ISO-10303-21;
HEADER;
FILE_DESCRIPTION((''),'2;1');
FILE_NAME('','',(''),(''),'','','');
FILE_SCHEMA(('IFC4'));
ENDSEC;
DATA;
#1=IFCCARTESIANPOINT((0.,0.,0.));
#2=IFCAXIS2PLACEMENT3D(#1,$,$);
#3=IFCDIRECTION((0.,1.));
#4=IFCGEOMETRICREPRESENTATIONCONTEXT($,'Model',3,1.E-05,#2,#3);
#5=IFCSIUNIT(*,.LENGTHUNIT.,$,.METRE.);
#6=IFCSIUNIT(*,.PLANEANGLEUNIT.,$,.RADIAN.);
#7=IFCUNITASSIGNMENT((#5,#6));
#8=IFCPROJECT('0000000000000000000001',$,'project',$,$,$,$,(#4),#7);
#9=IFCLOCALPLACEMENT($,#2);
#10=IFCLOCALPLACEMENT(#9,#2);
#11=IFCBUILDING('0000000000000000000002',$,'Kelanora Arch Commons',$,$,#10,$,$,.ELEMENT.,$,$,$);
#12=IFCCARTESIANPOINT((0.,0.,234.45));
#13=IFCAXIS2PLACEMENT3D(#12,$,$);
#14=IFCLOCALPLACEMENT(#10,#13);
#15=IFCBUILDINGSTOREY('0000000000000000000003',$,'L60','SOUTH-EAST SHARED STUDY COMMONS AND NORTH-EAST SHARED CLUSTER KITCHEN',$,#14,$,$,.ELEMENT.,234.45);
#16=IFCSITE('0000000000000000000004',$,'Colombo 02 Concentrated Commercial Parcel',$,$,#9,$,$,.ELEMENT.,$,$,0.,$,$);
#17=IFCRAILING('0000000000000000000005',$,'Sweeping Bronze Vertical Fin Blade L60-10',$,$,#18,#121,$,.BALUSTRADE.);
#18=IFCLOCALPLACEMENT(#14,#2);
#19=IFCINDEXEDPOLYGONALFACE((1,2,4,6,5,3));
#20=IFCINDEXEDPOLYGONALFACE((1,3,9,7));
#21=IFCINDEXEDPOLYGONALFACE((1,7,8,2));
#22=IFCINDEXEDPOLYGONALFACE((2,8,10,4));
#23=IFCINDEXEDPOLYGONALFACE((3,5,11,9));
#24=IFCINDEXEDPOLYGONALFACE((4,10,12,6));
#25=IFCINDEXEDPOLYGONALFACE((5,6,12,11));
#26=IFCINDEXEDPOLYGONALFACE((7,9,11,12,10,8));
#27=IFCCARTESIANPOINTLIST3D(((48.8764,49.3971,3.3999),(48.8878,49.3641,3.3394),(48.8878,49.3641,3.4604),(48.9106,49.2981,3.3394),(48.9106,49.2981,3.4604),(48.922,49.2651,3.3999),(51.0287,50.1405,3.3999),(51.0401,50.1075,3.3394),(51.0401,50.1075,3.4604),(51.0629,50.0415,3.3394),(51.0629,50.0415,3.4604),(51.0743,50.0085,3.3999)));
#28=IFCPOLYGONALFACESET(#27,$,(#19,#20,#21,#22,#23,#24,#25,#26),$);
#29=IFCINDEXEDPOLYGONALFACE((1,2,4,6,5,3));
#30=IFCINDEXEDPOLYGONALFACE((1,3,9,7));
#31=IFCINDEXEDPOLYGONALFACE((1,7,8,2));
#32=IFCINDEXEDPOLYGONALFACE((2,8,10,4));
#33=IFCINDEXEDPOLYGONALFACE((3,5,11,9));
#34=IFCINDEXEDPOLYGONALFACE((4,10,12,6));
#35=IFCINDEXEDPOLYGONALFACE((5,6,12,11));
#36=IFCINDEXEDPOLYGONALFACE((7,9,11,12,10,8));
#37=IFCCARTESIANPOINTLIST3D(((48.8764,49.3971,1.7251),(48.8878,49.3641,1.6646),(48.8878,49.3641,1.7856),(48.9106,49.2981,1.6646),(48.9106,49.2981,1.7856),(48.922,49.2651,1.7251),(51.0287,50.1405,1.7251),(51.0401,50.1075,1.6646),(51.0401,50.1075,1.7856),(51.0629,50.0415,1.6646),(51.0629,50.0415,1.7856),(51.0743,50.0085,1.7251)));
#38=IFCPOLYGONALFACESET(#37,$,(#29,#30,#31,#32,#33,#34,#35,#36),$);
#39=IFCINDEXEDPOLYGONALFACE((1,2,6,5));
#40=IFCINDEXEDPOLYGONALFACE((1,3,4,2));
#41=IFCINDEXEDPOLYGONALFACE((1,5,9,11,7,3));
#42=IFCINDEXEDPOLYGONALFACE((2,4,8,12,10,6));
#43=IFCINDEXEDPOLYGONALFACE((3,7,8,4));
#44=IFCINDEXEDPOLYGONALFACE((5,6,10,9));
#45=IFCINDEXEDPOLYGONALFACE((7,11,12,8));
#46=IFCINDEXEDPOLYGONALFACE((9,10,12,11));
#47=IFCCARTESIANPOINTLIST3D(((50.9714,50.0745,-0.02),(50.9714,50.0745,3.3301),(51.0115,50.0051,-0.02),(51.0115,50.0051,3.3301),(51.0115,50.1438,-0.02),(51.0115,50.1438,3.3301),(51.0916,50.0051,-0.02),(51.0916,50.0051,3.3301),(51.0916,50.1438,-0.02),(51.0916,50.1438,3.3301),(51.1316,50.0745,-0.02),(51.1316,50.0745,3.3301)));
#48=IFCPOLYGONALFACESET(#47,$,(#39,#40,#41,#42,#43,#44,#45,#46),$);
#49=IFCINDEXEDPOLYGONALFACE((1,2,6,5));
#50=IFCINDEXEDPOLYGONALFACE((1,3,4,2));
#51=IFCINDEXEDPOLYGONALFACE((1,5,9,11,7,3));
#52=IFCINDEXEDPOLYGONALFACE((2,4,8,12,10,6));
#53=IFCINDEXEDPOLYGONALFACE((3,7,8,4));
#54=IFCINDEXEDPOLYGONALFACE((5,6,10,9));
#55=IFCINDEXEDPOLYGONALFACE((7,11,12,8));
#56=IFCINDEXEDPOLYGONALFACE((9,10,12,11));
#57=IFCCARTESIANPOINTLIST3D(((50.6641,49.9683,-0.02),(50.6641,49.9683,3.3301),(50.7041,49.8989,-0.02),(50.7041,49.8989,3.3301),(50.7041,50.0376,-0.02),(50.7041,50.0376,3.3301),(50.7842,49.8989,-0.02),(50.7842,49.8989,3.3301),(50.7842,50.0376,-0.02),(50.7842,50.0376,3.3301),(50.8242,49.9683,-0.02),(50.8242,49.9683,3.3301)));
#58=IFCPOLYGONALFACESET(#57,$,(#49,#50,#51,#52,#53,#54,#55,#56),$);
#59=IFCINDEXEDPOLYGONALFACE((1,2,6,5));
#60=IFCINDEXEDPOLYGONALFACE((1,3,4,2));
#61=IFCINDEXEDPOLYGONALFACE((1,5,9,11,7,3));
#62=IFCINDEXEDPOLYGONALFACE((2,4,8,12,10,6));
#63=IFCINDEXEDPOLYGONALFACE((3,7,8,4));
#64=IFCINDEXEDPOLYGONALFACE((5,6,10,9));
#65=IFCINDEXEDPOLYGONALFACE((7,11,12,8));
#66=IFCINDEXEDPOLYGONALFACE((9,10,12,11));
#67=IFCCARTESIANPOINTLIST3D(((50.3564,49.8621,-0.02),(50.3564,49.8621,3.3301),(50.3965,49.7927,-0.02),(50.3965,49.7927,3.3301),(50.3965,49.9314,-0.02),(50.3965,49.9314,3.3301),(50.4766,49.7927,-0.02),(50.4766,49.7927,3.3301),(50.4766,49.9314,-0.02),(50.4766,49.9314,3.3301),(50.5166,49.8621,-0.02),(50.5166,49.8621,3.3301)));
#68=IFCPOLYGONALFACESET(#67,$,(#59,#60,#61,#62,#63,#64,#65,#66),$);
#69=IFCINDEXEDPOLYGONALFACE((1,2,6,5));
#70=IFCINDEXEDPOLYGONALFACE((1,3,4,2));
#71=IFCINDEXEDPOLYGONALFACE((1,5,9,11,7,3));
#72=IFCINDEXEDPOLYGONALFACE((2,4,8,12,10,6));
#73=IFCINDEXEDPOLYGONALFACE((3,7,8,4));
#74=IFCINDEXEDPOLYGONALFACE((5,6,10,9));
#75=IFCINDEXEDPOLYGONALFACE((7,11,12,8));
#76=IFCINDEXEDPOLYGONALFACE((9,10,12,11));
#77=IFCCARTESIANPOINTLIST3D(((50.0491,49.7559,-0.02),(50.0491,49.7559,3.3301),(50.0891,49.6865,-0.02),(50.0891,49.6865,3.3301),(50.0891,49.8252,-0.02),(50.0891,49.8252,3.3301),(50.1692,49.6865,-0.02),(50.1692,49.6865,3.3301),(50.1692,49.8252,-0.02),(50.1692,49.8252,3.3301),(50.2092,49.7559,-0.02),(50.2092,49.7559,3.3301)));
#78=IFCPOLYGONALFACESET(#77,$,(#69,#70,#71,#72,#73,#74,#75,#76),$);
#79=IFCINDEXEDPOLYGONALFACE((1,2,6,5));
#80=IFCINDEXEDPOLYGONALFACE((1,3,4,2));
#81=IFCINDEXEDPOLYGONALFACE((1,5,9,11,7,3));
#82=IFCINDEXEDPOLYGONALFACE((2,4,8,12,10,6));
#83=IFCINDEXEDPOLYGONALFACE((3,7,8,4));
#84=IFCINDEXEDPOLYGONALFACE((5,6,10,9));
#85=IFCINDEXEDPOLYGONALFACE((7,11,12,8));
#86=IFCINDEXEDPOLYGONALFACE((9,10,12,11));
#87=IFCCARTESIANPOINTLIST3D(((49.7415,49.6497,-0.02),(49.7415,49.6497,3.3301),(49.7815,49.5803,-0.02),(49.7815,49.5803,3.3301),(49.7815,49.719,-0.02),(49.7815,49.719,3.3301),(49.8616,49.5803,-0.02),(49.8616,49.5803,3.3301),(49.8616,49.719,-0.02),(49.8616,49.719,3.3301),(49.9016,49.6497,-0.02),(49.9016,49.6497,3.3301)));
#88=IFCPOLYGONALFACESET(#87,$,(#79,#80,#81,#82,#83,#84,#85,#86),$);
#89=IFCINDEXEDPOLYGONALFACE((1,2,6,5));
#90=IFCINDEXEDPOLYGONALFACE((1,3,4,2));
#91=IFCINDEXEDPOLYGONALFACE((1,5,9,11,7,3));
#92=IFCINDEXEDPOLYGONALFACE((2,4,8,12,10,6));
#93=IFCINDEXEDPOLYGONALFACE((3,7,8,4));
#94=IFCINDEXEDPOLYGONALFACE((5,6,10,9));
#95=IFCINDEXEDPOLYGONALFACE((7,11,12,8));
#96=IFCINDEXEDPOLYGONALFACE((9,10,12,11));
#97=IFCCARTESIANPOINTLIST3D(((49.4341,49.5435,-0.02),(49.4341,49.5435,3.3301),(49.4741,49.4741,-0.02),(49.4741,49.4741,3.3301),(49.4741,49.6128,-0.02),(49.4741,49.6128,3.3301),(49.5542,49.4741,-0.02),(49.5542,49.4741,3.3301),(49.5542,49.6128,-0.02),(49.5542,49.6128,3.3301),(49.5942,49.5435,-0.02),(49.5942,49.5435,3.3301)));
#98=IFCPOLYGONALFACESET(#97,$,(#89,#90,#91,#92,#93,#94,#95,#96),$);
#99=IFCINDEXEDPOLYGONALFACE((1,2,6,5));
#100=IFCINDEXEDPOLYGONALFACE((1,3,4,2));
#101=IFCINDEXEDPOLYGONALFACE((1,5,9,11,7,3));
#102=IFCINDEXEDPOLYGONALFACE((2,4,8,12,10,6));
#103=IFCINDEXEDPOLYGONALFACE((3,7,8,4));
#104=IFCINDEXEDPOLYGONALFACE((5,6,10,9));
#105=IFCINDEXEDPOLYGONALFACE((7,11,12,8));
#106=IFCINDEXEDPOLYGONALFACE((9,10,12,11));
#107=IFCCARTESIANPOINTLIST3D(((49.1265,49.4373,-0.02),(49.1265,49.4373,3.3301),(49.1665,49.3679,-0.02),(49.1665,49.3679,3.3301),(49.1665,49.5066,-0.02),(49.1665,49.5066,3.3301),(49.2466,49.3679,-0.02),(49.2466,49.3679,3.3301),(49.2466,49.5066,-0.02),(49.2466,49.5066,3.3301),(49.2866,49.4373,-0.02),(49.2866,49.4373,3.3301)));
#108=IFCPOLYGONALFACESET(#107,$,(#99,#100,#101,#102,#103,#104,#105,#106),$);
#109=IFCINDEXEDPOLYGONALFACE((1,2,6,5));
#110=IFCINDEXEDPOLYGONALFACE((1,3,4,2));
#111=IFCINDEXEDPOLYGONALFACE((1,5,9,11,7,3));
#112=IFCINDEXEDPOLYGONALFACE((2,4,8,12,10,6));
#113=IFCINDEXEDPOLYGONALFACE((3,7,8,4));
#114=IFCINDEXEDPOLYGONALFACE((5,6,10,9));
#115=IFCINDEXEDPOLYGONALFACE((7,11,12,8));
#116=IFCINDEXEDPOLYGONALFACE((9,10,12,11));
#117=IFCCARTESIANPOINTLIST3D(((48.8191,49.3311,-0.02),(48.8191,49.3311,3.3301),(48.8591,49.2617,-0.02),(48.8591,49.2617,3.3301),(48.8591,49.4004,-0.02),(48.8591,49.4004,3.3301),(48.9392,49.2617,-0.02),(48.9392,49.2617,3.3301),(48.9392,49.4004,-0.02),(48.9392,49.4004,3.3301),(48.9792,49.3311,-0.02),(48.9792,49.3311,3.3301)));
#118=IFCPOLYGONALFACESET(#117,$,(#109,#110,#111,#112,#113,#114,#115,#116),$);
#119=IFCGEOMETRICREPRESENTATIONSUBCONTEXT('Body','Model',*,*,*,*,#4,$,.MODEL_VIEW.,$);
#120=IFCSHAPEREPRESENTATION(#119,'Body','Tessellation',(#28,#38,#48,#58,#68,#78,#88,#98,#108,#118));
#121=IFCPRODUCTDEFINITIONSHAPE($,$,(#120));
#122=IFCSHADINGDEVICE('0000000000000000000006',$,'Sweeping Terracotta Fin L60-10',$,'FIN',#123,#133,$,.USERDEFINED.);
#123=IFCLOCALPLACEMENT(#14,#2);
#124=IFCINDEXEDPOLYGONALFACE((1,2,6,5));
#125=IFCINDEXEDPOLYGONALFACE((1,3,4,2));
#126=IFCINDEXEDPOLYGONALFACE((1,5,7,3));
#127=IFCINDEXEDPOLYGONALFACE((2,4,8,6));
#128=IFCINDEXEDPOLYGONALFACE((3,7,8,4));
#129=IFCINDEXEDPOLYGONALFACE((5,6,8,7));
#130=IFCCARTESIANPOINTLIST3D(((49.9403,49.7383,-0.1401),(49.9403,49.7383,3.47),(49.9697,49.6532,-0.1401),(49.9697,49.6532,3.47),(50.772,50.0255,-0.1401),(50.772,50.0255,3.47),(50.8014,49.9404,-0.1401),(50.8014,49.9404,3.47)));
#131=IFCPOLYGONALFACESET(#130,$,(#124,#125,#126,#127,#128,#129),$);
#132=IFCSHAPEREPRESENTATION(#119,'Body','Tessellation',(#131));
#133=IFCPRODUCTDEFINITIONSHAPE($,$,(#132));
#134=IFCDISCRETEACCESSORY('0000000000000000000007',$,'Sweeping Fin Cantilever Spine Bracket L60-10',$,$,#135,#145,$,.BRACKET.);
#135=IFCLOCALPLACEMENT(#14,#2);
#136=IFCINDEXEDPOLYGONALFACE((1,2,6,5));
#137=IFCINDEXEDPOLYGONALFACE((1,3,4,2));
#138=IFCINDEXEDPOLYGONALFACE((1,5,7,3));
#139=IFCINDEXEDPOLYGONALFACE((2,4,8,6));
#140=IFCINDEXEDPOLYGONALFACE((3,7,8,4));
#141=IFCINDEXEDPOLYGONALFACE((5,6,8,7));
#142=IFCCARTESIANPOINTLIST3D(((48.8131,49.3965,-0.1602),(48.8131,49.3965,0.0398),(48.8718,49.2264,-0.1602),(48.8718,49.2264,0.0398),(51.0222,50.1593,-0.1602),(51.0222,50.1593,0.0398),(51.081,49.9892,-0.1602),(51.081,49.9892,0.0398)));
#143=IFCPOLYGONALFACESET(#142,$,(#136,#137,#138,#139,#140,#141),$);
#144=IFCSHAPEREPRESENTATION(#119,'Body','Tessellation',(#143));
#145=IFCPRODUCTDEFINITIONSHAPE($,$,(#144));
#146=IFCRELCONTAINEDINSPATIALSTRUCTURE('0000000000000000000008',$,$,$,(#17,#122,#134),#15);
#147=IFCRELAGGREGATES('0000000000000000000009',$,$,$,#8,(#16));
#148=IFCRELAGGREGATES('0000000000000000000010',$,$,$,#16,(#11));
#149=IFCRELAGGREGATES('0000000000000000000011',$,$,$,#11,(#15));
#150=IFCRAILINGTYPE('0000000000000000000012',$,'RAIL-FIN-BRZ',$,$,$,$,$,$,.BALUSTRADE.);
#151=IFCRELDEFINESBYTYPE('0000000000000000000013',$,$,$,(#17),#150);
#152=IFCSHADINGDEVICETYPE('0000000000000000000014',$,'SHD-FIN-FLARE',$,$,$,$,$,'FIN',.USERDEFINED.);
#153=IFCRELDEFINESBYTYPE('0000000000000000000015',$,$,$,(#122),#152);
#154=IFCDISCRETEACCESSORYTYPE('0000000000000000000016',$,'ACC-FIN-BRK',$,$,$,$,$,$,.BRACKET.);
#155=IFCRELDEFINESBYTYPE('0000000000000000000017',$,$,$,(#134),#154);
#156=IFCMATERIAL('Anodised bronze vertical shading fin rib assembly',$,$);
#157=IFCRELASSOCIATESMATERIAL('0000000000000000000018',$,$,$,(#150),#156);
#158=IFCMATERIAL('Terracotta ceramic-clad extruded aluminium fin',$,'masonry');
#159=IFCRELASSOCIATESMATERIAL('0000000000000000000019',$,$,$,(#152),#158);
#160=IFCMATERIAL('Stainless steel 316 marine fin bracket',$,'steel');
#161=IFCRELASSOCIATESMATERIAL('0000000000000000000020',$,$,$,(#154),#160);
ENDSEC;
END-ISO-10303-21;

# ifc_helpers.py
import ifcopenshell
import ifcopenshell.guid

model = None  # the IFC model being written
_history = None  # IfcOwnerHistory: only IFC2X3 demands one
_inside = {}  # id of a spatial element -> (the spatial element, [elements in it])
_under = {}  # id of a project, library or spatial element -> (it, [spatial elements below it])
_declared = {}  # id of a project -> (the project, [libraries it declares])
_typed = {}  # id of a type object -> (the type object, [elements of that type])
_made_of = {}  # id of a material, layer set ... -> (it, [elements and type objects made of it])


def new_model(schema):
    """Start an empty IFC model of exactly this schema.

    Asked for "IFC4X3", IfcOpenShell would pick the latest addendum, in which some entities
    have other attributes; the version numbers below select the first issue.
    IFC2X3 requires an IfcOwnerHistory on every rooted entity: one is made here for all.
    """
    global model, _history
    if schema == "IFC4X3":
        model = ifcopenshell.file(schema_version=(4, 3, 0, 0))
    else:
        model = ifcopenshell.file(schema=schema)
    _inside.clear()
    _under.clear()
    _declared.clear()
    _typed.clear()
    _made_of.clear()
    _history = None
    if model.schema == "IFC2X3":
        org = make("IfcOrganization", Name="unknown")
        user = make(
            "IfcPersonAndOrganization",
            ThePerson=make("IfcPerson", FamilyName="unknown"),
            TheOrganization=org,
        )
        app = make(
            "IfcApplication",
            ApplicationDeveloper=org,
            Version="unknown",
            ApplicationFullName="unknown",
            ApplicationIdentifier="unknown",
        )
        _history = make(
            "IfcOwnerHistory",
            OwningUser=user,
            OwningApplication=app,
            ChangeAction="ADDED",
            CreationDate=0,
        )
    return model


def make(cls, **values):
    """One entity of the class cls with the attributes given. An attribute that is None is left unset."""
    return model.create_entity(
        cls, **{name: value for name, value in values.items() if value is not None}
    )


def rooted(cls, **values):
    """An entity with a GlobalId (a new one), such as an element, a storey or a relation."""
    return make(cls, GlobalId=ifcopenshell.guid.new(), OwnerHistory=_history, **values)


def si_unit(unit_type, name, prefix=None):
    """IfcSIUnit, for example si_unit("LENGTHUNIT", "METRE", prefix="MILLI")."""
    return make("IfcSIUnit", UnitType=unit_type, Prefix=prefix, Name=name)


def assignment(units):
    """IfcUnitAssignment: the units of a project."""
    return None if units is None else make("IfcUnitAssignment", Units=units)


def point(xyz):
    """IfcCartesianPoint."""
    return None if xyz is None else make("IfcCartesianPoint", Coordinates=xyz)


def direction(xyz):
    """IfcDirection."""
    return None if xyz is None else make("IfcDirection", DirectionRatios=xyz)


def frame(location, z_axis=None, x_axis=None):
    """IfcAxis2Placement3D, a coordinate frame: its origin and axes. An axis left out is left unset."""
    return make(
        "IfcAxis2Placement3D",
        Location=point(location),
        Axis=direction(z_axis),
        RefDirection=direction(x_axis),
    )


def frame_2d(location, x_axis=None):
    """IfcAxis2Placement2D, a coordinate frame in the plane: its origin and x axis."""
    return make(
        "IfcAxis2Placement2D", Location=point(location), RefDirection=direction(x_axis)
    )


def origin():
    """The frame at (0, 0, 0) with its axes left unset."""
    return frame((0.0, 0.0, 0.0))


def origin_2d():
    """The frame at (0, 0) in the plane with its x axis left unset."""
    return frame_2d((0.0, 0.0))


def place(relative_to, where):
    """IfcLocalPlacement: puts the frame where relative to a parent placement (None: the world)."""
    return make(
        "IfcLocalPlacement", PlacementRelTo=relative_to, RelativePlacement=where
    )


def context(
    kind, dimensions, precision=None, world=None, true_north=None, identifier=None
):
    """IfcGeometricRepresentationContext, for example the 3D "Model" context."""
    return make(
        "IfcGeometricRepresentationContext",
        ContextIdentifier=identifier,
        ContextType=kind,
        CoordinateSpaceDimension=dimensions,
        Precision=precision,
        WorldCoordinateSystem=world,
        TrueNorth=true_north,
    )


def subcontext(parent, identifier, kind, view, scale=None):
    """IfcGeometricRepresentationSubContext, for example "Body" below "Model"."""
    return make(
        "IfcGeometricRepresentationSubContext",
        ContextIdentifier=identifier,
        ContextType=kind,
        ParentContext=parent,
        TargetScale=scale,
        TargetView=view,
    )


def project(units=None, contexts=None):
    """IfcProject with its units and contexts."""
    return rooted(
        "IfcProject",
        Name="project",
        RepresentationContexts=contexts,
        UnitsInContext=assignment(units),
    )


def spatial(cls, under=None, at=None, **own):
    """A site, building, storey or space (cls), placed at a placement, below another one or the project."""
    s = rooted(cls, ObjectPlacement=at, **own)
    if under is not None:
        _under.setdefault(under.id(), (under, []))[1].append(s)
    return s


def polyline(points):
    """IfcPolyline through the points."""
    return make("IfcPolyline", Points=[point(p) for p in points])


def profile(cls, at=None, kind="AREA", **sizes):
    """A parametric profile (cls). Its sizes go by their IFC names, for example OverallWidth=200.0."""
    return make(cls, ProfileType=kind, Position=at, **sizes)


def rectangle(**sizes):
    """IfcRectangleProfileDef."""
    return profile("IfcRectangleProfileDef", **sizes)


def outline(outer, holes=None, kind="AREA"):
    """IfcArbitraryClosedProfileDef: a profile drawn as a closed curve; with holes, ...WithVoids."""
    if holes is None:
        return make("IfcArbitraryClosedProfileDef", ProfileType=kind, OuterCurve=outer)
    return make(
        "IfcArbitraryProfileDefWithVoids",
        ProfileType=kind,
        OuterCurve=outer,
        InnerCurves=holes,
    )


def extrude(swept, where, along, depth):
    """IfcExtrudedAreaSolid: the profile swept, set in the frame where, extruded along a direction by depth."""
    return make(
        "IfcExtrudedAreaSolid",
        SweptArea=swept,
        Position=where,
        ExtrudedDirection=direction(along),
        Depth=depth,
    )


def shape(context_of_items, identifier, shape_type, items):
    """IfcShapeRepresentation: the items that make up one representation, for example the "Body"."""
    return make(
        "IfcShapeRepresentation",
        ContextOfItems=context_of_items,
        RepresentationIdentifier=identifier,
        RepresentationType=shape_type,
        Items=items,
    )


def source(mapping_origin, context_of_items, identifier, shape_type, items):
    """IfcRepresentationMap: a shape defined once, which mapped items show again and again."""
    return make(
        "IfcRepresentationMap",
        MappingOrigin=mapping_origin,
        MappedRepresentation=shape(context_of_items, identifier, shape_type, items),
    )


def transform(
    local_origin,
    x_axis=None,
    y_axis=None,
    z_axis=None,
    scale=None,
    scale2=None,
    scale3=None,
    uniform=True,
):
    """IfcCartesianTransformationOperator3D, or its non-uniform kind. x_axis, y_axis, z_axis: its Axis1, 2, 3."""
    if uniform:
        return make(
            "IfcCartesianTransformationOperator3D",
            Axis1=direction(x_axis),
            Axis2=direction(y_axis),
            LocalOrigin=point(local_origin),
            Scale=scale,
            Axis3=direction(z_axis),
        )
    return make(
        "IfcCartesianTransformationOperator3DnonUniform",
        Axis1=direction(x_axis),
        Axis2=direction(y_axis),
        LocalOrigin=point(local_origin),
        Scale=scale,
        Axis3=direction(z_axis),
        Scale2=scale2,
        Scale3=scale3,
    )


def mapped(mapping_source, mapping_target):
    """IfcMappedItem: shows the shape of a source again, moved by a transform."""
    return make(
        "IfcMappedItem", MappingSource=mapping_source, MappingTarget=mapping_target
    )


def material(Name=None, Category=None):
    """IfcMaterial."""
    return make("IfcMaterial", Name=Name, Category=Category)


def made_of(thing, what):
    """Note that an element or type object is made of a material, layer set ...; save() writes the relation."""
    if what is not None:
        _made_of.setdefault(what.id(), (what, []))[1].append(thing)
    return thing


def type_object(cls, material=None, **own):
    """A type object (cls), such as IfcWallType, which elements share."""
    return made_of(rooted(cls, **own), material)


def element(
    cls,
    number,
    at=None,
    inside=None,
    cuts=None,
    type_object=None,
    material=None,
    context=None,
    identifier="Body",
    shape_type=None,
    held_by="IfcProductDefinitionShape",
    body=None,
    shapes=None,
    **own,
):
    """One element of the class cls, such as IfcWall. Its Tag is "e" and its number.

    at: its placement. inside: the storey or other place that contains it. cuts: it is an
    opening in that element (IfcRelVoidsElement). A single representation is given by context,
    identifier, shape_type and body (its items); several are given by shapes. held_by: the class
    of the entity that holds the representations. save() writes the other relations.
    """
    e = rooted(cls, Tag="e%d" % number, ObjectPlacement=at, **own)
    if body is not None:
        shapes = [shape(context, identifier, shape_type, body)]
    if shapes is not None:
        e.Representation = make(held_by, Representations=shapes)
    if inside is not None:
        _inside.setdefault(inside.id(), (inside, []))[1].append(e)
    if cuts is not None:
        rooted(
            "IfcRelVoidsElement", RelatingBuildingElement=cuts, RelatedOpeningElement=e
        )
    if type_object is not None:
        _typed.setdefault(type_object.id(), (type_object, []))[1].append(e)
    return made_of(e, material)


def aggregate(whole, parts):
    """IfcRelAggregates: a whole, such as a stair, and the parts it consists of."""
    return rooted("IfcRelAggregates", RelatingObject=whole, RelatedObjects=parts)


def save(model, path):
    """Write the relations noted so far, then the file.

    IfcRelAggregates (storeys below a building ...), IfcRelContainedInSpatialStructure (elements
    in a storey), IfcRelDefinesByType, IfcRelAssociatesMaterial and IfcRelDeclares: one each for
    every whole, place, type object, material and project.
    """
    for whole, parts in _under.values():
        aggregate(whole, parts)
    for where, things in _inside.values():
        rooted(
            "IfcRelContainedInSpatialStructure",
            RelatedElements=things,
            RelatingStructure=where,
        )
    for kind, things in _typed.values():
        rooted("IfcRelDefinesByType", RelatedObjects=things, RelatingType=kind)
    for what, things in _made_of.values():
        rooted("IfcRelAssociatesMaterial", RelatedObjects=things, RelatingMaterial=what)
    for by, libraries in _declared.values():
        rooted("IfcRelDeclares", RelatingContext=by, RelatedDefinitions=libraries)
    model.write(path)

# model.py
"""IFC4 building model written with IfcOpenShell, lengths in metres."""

from ifc_helpers import new_model, si_unit, direction, frame, origin, origin_2d, place, context, subcontext, project, spatial, polyline, rectangle, outline, extrude, source, transform, mapped, material, type_object, element, save


model = new_model("IFC4")

# Units and contexts
model_context = context("Model", 3, precision=1e-05, world=origin(), true_north=direction((0.0, 1.0)))
body_context = subcontext(model_context, "Body", "Model", "MODEL_VIEW")
ifc_project = project(units=[si_unit("LENGTHUNIT", "METRE"), si_unit("PLANEANGLEUNIT", "RADIAN")], contexts=[model_context])

# Site, building, storey
site_placement = place(None, origin())
site = spatial("IfcSite", under=ifc_project, at=site_placement, Name="Colombo 02 Concentrated Commercial Parcel", CompositionType="ELEMENT", RefElevation=0.0)
building_placement = place(site_placement, origin())
building = spatial("IfcBuilding", under=site, at=building_placement, Name="Kelanora Arch Commons", CompositionType="ELEMENT")
storey_placement = place(building_placement, frame((0.0, 0.0, 234.45)))
storey = spatial("IfcBuildingStorey", under=building, at=storey_placement, Name="L60", Description="SOUTH-EAST SHARED STUDY COMMONS AND NORTH-EAST SHARED CLUSTER KITCHEN", CompositionType="ELEMENT", Elevation=234.45)

# Railing
ifc_material_1 = material(Name="Anodised bronze vertical shading fin rib assembly")
railing_type = type_object("IfcRailingType", Name="RAIL-FIN-BRZ", PredefinedType="BALUSTRADE", material=ifc_material_1)
railing_placement = place(storey_placement, frame((51.0515, 50.0745, -0.02)))
element("IfcRailing", 1, at=railing_placement, inside=storey, type_object=railing_type, Name="Sweeping Bronze Vertical Fin Blade L60-10", PredefinedType="BALUSTRADE", context=body_context, shape_type="SweptSolid", body=[
    extrude(outline(polyline([(0.0698, 0.0), (0.0349, 0.0605), (-0.0349, 0.0605), (-0.0698, 0.0), (-0.0349, -0.0605), (0.0349, -0.0605), (0.0698, 0.0)])), frame((0.0, 0.0, 3.4199), z_axis=(-0.945208, -0.32647, 0.0), x_axis=(0.32647, -0.945208, 0.0)), (0.0, 0.0, 1.0), 2.2771),
    extrude(outline(polyline([(0.0698, 0.0), (0.0349, 0.0605), (-0.0349, 0.0605), (-0.0698, 0.0), (-0.0349, -0.0605), (0.0349, -0.0605), (0.0698, 0.0)])), frame((0.0, 0.0, 1.7451), z_axis=(-0.945208, -0.32647, 0.0), x_axis=(0.32647, -0.945208, 0.0)), (0.0, 0.0, 1.0), 2.2771),
    extrude(outline(polyline([(0.0801, 0.0), (0.04, 0.0693), (-0.04, 0.0693), (-0.0801, 0.0), (-0.04, -0.0693), (0.04, -0.0693), (0.0801, 0.0)])), origin(), (0.0, 0.0, 1.0), 3.3501),
    extrude(outline(polyline([(0.0801, 0.0), (0.04, 0.0693), (-0.04, 0.0693), (-0.0801, 0.0), (-0.04, -0.0693), (0.04, -0.0693), (0.0801, 0.0)])), frame((-0.3074, -0.1062, 0.0)), (0.0, 0.0, 1.0), 3.3501),
    extrude(outline(polyline([(0.0801, 0.0), (0.04, 0.0693), (-0.04, 0.0693), (-0.0801, 0.0), (-0.04, -0.0693), (0.04, -0.0693), (0.0801, 0.0)])), frame((-0.615, -0.2124, 0.0)), (0.0, 0.0, 1.0), 3.3501),
    extrude(outline(polyline([(0.0801, 0.0), (0.04, 0.0693), (-0.04, 0.0693), (-0.0801, 0.0), (-0.04, -0.0693), (0.04, -0.0693), (0.0801, 0.0)])), frame((-0.9224, -0.3186, 0.0)), (0.0, 0.0, 1.0), 3.3501),
    extrude(outline(polyline([(0.0801, 0.0), (0.04, 0.0693), (-0.04, 0.0693), (-0.0801, 0.0), (-0.04, -0.0693), (0.04, -0.0693), (0.0801, 0.0)])), frame((-1.23, -0.4248, 0.0)), (0.0, 0.0, 1.0), 3.3501),
    extrude(outline(polyline([(0.0801, 0.0), (0.04, 0.0693), (-0.04, 0.0693), (-0.0801, 0.0), (-0.04, -0.0693), (0.04, -0.0693), (0.0801, 0.0)])), frame((-1.5374, -0.531, 0.0)), (0.0, 0.0, 1.0), 3.3501),
    extrude(outline(polyline([(0.0801, 0.0), (0.04, 0.0693), (-0.04, 0.0693), (-0.0801, 0.0), (-0.04, -0.0693), (0.04, -0.0693), (0.0801, 0.0)])), frame((-1.845, -0.6372, 0.0)), (0.0, 0.0, 1.0), 3.3501),
    extrude(outline(polyline([(0.0801, 0.0), (0.04, 0.0693), (-0.04, 0.0693), (-0.0801, 0.0), (-0.04, -0.0693), (0.04, -0.0693), (0.0801, 0.0)])), frame((-2.1523, -0.7434, 0.0)), (0.0, 0.0, 1.0), 3.3501),
])

# Shading device
ifc_material_2 = material(Name="Terracotta ceramic-clad extruded aluminium fin", Category="masonry")
shading_device_type = type_object("IfcShadingDeviceType", Name="SHD-FIN-FLARE", ElementType="FIN", PredefinedType="USERDEFINED", material=ifc_material_2)
shared_shape_1 = source(origin(), body_context, "Body", "SweptSolid", [
    extrude(rectangle(XDim=0.8799, YDim=0.0901, at=origin_2d()), origin(), (0.0, 0.0, 1.0), 3.6101),
])
shading_device_placement = place(storey_placement, frame((50.3708, 49.8394, -0.1401), z_axis=(0.0, 0.0, 1.0), x_axis=(-0.945234, -0.326393, 0.0)))
element("IfcShadingDevice", 2, at=shading_device_placement, inside=storey, type_object=shading_device_type, Name="Sweeping Terracotta Fin L60-10", ObjectType="FIN", PredefinedType="USERDEFINED", context=body_context, shape_type="MappedRepresentation", body=[
    mapped(shared_shape_1, transform((0.0, 0.0, 0.0), scale=1.0)),
])

# Discrete accessory
ifc_material_3 = material(Name="Stainless steel 316 marine fin bracket", Category="steel")
discrete_accessory_type = type_object("IfcDiscreteAccessoryType", Name="ACC-FIN-BRK", PredefinedType="BRACKET", material=ifc_material_3)
shared_shape_2 = source(origin(), body_context, "Body", "SweptSolid", [
    extrude(rectangle(XDim=2.3372, YDim=0.1799, at=origin_2d()), origin(), (0.0, 0.0, 1.0), 0.2),
])
discrete_accessory_placement = place(storey_placement, frame((49.947, 49.6929, -0.1602), z_axis=(0.0, 0.0, 1.0), x_axis=(-0.945234, -0.326393, 0.0)))
element("IfcDiscreteAccessory", 3, at=discrete_accessory_placement, inside=storey, type_object=discrete_accessory_type, Name="Sweeping Fin Cantilever Spine Bracket L60-10", PredefinedType="BRACKET", context=body_context, shape_type="MappedRepresentation", body=[
    mapped(shared_shape_2, transform((0.0, 0.0, 0.0), scale=1.0)),
])

save(model, "model.ifc")
